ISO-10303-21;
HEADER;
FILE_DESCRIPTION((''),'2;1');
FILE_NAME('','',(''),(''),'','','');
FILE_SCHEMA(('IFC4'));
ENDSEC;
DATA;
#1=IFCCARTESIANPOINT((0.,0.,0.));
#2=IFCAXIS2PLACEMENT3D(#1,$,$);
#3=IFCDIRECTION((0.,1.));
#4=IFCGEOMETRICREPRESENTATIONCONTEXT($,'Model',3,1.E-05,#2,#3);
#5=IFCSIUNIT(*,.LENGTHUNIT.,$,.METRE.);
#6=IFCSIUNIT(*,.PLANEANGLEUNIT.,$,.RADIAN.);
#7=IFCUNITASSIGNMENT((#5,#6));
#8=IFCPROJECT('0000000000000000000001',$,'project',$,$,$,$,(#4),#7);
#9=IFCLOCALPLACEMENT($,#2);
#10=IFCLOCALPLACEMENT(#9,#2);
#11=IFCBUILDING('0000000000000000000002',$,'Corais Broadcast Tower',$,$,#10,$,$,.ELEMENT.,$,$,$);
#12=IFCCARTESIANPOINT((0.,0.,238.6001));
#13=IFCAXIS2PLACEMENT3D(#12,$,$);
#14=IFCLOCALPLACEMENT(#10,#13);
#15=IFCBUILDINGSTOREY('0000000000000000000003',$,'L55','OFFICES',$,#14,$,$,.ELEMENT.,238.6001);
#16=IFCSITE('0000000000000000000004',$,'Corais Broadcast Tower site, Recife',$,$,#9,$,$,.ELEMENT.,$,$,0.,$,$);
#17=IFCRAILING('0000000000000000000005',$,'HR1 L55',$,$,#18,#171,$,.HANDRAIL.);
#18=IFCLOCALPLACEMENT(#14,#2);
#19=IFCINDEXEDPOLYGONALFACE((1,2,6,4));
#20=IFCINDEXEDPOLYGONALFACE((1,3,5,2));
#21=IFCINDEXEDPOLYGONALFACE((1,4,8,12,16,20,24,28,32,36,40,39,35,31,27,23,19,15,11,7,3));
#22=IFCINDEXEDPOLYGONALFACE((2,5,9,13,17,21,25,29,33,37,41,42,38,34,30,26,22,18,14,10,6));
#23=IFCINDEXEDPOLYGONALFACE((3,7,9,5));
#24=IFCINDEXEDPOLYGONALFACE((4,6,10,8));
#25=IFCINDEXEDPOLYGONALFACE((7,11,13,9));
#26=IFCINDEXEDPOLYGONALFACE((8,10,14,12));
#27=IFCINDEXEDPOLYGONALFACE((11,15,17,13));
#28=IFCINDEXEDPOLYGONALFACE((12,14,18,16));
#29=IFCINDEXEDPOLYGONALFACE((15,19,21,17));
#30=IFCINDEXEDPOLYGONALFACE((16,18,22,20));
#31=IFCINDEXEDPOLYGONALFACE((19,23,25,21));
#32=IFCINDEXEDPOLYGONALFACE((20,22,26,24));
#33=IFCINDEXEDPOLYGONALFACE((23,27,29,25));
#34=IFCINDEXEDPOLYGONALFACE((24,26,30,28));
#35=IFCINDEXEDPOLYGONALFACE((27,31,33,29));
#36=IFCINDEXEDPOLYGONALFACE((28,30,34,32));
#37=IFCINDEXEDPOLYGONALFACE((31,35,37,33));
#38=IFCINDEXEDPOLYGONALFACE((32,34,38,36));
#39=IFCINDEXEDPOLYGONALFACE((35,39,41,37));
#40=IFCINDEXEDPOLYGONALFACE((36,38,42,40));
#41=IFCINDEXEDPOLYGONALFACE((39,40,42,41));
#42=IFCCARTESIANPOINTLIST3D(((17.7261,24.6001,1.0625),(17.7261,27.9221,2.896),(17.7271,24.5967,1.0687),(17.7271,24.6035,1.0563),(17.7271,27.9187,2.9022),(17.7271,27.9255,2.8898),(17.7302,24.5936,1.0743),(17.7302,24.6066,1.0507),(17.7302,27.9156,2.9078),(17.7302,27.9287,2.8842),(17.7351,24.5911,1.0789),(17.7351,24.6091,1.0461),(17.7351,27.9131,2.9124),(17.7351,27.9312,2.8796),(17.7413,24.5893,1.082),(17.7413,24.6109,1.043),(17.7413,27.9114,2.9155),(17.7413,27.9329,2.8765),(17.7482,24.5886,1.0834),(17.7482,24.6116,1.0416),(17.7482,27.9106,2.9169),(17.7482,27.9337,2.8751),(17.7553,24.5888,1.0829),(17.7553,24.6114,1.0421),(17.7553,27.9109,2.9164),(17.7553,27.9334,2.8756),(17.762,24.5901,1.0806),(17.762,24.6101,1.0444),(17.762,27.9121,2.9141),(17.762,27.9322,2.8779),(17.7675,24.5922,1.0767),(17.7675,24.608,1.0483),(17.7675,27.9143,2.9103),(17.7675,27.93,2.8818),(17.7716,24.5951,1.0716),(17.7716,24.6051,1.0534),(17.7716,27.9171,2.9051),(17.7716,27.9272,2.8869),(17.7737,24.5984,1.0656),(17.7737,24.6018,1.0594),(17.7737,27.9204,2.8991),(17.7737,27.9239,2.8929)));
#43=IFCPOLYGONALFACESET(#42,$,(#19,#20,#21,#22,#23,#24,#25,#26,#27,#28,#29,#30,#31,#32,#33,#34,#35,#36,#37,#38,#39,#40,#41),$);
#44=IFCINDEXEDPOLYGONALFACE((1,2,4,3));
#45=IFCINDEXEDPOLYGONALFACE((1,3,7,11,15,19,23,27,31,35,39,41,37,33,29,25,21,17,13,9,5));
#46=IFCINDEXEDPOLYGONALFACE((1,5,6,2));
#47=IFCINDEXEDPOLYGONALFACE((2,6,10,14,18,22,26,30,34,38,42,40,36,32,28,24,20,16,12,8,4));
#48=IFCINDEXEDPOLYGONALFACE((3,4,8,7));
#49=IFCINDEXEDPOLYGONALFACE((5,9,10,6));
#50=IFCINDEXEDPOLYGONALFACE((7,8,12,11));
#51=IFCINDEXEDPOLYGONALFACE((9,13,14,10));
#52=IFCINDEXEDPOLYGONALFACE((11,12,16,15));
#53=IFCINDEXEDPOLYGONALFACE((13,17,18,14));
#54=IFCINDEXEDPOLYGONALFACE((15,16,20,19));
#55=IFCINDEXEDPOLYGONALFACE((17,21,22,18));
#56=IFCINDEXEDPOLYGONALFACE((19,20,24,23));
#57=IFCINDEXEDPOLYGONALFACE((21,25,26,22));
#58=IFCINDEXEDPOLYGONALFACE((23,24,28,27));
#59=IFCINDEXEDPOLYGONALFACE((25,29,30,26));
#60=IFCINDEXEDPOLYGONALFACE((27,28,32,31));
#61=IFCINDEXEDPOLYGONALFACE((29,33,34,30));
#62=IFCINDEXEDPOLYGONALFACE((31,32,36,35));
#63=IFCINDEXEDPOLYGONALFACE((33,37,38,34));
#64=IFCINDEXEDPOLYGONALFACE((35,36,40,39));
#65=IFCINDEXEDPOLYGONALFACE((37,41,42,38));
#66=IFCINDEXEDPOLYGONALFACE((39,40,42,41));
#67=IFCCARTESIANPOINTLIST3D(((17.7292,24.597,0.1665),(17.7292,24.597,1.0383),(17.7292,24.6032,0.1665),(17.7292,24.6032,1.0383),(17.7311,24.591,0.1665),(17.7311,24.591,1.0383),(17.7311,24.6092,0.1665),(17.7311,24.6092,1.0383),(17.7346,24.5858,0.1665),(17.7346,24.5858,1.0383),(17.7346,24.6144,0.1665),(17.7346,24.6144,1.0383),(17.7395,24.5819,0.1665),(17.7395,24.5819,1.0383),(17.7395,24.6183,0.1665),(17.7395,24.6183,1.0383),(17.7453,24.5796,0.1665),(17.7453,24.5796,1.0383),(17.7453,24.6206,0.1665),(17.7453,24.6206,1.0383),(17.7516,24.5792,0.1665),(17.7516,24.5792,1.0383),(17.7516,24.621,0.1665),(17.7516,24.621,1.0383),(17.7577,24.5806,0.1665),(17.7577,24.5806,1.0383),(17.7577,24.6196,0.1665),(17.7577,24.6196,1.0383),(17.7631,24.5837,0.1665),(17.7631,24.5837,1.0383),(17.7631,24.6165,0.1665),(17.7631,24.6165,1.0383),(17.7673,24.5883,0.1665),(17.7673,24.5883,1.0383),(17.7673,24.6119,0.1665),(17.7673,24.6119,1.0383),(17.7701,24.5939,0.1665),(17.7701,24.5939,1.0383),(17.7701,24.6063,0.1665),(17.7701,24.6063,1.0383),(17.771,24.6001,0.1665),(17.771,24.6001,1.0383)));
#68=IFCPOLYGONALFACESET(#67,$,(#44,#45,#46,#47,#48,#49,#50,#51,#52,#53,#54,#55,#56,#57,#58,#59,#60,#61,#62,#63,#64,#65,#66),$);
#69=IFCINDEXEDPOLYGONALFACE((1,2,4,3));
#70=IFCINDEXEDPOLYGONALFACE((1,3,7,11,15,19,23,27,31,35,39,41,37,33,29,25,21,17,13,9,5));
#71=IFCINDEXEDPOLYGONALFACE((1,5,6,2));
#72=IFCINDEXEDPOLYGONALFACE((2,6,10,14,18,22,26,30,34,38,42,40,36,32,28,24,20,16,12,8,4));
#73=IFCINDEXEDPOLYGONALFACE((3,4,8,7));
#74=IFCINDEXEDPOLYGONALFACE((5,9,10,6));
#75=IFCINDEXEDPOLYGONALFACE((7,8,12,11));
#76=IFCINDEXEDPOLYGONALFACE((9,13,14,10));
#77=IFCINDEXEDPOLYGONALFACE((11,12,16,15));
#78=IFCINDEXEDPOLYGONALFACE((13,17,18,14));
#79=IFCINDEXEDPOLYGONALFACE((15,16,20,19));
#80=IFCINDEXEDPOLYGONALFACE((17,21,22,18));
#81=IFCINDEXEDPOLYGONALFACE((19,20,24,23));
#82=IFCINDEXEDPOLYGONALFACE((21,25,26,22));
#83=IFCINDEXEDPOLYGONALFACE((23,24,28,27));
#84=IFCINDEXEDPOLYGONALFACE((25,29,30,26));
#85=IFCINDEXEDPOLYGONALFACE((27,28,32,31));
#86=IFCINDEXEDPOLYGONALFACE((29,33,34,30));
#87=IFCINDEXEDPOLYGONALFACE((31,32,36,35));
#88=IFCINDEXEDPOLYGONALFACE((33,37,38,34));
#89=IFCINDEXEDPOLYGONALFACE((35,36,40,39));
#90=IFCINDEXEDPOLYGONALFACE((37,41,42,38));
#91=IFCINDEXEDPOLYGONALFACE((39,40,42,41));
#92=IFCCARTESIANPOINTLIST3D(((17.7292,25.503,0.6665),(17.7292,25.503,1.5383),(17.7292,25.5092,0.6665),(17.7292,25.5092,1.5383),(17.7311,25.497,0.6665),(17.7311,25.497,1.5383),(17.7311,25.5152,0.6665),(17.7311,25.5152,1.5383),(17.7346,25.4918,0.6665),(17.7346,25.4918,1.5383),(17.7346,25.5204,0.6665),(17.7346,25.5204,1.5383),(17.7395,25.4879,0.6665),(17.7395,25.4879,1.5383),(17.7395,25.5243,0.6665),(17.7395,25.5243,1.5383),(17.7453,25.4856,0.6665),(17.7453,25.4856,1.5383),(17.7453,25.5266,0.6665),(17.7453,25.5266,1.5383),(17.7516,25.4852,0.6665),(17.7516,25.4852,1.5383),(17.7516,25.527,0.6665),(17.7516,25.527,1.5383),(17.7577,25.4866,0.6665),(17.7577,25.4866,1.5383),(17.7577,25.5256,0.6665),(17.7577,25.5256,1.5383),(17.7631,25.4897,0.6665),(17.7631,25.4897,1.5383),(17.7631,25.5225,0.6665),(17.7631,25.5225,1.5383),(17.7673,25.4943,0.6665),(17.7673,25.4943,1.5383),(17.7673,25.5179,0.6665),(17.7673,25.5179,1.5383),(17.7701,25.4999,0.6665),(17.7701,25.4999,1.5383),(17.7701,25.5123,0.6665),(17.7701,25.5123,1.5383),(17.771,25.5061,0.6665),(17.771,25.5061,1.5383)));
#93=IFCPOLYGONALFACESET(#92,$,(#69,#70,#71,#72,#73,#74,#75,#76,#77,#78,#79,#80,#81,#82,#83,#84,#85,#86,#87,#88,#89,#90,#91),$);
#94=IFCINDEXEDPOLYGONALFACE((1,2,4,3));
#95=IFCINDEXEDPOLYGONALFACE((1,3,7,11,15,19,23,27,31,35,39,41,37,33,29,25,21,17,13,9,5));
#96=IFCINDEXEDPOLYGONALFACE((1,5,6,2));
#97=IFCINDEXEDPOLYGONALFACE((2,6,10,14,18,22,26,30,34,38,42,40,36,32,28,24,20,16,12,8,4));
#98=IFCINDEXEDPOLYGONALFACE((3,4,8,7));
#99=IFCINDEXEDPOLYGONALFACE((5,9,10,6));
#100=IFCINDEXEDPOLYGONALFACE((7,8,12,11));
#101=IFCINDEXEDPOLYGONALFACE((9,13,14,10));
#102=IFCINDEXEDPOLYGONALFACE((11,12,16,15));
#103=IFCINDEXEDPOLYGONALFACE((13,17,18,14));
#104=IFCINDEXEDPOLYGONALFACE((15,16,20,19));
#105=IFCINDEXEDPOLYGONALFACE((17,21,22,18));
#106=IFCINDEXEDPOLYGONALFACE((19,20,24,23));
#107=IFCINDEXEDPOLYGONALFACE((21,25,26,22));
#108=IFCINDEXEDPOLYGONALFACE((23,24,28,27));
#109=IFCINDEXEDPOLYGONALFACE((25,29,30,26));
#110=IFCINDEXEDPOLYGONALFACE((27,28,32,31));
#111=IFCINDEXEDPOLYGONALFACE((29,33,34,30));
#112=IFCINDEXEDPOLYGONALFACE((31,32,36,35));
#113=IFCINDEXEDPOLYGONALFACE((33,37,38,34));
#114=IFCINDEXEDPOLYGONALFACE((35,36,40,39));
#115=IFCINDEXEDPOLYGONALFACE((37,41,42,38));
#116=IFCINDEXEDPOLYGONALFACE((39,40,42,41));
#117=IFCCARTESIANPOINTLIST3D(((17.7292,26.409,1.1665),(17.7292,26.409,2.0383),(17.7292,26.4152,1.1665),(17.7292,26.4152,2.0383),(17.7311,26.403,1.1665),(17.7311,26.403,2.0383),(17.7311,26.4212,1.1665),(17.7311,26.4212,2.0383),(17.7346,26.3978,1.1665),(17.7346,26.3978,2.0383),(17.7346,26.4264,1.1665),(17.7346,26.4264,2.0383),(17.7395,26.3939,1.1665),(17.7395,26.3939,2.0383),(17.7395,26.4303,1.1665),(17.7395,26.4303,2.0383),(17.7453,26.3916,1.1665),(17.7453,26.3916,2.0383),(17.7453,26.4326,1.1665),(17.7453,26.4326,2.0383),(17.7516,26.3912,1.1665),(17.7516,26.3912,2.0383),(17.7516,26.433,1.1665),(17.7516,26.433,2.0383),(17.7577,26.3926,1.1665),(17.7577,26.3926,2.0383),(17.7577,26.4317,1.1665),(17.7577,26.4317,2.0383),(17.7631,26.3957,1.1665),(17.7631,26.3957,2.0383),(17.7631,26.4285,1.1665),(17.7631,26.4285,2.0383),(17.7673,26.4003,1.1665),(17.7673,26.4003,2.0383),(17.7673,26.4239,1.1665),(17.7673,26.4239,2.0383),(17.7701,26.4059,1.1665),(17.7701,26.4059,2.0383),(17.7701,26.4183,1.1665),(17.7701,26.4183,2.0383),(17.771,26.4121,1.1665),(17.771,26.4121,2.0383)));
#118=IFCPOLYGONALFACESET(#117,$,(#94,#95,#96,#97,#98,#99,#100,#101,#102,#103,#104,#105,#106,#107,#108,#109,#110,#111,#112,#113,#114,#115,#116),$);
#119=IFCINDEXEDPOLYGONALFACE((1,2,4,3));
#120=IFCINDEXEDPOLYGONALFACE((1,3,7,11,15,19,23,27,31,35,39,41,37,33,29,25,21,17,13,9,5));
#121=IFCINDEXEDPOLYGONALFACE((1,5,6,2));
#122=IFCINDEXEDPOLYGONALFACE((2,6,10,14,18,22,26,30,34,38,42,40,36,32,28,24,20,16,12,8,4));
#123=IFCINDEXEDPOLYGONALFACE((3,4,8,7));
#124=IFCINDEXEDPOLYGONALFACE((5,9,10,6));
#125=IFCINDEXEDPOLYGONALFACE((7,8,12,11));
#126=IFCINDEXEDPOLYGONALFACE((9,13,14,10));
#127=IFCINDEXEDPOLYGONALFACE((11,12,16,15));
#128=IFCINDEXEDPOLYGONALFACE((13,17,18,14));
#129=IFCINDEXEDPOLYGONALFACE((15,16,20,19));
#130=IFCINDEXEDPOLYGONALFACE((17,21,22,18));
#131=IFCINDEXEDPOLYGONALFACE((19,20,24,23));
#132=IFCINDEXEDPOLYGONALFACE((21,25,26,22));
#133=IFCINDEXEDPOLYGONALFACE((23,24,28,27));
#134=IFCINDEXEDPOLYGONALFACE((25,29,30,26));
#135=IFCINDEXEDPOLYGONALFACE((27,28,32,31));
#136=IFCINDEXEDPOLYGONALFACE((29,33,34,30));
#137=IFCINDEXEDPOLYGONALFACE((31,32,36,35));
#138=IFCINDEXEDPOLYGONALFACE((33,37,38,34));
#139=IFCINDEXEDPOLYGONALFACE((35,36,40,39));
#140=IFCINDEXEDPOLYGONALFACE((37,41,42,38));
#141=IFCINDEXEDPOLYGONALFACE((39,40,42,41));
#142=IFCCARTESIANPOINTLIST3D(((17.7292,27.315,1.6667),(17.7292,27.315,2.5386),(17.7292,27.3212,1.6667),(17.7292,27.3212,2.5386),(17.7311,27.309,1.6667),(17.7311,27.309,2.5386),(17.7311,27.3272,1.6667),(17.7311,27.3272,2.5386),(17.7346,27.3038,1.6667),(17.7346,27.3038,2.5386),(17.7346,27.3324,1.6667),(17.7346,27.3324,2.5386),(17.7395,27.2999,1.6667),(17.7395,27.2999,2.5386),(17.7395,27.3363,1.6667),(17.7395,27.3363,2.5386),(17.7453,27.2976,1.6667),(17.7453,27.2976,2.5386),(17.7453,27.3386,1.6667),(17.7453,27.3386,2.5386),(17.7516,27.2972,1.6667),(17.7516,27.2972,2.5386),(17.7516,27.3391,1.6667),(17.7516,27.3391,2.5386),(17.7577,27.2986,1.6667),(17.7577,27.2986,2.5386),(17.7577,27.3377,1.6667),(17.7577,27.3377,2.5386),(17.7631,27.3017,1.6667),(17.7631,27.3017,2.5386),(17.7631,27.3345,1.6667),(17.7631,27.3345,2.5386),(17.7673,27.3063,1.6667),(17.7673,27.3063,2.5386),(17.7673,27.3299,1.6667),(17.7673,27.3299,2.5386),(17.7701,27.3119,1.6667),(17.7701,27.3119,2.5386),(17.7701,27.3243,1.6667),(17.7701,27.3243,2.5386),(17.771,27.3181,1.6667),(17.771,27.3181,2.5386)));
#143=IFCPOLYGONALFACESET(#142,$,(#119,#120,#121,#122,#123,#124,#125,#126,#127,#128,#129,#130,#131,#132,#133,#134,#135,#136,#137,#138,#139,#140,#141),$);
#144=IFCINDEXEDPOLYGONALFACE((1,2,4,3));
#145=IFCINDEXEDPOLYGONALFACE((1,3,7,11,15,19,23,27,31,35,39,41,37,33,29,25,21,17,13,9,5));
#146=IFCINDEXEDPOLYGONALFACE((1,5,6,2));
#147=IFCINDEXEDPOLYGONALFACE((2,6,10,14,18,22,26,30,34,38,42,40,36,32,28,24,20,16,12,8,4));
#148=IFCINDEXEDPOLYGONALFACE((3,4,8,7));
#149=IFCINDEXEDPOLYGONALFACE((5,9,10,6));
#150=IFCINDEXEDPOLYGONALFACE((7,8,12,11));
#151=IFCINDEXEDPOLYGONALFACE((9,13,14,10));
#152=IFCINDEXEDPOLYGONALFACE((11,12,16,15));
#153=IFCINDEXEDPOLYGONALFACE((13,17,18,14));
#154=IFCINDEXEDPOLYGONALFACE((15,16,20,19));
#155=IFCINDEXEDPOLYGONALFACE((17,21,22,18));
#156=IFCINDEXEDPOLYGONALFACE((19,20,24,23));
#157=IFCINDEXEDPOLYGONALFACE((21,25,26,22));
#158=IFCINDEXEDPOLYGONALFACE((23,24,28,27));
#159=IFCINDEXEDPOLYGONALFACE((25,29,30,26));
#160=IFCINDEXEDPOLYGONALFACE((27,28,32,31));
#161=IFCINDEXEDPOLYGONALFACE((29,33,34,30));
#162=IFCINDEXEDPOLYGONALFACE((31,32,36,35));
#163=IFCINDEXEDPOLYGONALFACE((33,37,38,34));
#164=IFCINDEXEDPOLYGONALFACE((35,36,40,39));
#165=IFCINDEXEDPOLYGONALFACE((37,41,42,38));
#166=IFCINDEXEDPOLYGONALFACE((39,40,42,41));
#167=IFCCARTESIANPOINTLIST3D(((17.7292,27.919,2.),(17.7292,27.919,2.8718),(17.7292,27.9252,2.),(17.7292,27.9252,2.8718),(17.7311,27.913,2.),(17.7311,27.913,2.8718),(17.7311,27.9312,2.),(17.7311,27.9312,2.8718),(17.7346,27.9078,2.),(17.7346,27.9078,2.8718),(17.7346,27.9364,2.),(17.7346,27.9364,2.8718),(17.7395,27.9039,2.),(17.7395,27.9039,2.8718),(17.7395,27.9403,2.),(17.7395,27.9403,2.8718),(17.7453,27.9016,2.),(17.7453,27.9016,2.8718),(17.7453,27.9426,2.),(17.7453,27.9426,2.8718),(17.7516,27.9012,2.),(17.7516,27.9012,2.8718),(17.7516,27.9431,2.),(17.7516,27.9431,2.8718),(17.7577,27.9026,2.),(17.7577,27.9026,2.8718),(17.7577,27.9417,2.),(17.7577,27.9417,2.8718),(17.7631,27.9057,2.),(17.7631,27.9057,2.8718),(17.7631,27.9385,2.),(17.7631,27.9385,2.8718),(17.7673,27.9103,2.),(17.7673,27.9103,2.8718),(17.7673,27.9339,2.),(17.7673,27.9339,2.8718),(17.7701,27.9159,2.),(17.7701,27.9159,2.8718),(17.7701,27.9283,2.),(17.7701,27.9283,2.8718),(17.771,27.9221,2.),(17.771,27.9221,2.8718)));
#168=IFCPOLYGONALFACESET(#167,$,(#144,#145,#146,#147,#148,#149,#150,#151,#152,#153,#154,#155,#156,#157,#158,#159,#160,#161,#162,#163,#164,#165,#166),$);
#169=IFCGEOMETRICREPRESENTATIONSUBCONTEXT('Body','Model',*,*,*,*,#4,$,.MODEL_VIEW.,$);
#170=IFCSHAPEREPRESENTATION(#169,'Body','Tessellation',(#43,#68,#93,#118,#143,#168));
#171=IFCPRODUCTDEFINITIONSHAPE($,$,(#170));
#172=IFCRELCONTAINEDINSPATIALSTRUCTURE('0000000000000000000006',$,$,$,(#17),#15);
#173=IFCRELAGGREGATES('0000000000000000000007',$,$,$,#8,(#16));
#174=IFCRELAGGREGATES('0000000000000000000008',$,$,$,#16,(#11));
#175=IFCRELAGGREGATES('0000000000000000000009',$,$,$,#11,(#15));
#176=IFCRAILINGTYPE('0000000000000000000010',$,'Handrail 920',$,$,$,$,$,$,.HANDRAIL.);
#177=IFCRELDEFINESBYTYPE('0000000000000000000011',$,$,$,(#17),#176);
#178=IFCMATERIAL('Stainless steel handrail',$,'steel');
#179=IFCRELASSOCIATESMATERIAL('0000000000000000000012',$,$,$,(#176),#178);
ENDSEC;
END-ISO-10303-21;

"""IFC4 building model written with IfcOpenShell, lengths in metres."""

from ifc_helpers import new_model, si_unit, direction, frame, origin, origin_2d, place, context, subcontext, project, spatial, circle, extrude, material, type_object, element, save


model = new_model("IFC4")

# Units and contexts
model_context = context("Model", 3, precision=1e-05, world=origin(), true_north=direction((0.0, 1.0)))
body_context = subcontext(model_context, "Body", "Model", "MODEL_VIEW")
ifc_project = project(units=[si_unit("LENGTHUNIT", "METRE"), si_unit("PLANEANGLEUNIT", "RADIAN")], contexts=[model_context])

# Site, building, storey
site_placement = place(None, origin())
site = spatial("IfcSite", under=ifc_project, at=site_placement, Name="Corais Broadcast Tower site, Recife", CompositionType="ELEMENT", RefElevation=0.0)
building_placement = place(site_placement, origin())
building = spatial("IfcBuilding", under=site, at=building_placement, Name="Corais Broadcast Tower", CompositionType="ELEMENT")
storey_placement = place(building_placement, frame((0.0, 0.0, 238.6001)))
storey = spatial("IfcBuildingStorey", under=building, at=storey_placement, Name="L55", Description="OFFICES", CompositionType="ELEMENT", Elevation=238.6001)

# Railing
ifc_material_1 = material(Name="Stainless steel handrail", Category="steel")
railing_type = type_object("IfcRailingType", Name="Handrail 920", PredefinedType="HANDRAIL", material=ifc_material_1)
for number, where, name in (
    (1, (17.75, 24.6001, 0.1665), "HR1 L55"),
):
    element("IfcRailing", number, at=place(storey_placement, frame(where)), inside=storey, type_object=railing_type, Name=name, PredefinedType="HANDRAIL", context=body_context, shape_type="SweptSolid", body=[
        extrude(circle(Radius=0.0239, at=origin_2d()), frame((0.0, 0.0, 0.896), z_axis=(0.0, 0.875504, 0.48321), x_axis=(-1.0, 0.0, 0.0)), (0.0, 0.0, 1.0), 3.7944),
        extrude(circle(Radius=0.021, at=origin_2d()), origin(), (0.0, 0.0, 1.0), 0.8718),
        extrude(circle(Radius=0.021, at=origin_2d()), frame((0.0, 0.906, 0.5)), (0.0, 0.0, 1.0), 0.8718),
        extrude(circle(Radius=0.021, at=origin_2d()), frame((0.0, 1.812, 1.0)), (0.0, 0.0, 1.0), 0.8718),
        extrude(circle(Radius=0.021, at=origin_2d()), frame((0.0, 2.718, 1.5002)), (0.0, 0.0, 1.0), 0.8718),
        extrude(circle(Radius=0.021, at=origin_2d()), frame((0.0, 3.322, 1.8335)), (0.0, 0.0, 1.0), 0.8718),
    ])

save(model, "model.ifc")
